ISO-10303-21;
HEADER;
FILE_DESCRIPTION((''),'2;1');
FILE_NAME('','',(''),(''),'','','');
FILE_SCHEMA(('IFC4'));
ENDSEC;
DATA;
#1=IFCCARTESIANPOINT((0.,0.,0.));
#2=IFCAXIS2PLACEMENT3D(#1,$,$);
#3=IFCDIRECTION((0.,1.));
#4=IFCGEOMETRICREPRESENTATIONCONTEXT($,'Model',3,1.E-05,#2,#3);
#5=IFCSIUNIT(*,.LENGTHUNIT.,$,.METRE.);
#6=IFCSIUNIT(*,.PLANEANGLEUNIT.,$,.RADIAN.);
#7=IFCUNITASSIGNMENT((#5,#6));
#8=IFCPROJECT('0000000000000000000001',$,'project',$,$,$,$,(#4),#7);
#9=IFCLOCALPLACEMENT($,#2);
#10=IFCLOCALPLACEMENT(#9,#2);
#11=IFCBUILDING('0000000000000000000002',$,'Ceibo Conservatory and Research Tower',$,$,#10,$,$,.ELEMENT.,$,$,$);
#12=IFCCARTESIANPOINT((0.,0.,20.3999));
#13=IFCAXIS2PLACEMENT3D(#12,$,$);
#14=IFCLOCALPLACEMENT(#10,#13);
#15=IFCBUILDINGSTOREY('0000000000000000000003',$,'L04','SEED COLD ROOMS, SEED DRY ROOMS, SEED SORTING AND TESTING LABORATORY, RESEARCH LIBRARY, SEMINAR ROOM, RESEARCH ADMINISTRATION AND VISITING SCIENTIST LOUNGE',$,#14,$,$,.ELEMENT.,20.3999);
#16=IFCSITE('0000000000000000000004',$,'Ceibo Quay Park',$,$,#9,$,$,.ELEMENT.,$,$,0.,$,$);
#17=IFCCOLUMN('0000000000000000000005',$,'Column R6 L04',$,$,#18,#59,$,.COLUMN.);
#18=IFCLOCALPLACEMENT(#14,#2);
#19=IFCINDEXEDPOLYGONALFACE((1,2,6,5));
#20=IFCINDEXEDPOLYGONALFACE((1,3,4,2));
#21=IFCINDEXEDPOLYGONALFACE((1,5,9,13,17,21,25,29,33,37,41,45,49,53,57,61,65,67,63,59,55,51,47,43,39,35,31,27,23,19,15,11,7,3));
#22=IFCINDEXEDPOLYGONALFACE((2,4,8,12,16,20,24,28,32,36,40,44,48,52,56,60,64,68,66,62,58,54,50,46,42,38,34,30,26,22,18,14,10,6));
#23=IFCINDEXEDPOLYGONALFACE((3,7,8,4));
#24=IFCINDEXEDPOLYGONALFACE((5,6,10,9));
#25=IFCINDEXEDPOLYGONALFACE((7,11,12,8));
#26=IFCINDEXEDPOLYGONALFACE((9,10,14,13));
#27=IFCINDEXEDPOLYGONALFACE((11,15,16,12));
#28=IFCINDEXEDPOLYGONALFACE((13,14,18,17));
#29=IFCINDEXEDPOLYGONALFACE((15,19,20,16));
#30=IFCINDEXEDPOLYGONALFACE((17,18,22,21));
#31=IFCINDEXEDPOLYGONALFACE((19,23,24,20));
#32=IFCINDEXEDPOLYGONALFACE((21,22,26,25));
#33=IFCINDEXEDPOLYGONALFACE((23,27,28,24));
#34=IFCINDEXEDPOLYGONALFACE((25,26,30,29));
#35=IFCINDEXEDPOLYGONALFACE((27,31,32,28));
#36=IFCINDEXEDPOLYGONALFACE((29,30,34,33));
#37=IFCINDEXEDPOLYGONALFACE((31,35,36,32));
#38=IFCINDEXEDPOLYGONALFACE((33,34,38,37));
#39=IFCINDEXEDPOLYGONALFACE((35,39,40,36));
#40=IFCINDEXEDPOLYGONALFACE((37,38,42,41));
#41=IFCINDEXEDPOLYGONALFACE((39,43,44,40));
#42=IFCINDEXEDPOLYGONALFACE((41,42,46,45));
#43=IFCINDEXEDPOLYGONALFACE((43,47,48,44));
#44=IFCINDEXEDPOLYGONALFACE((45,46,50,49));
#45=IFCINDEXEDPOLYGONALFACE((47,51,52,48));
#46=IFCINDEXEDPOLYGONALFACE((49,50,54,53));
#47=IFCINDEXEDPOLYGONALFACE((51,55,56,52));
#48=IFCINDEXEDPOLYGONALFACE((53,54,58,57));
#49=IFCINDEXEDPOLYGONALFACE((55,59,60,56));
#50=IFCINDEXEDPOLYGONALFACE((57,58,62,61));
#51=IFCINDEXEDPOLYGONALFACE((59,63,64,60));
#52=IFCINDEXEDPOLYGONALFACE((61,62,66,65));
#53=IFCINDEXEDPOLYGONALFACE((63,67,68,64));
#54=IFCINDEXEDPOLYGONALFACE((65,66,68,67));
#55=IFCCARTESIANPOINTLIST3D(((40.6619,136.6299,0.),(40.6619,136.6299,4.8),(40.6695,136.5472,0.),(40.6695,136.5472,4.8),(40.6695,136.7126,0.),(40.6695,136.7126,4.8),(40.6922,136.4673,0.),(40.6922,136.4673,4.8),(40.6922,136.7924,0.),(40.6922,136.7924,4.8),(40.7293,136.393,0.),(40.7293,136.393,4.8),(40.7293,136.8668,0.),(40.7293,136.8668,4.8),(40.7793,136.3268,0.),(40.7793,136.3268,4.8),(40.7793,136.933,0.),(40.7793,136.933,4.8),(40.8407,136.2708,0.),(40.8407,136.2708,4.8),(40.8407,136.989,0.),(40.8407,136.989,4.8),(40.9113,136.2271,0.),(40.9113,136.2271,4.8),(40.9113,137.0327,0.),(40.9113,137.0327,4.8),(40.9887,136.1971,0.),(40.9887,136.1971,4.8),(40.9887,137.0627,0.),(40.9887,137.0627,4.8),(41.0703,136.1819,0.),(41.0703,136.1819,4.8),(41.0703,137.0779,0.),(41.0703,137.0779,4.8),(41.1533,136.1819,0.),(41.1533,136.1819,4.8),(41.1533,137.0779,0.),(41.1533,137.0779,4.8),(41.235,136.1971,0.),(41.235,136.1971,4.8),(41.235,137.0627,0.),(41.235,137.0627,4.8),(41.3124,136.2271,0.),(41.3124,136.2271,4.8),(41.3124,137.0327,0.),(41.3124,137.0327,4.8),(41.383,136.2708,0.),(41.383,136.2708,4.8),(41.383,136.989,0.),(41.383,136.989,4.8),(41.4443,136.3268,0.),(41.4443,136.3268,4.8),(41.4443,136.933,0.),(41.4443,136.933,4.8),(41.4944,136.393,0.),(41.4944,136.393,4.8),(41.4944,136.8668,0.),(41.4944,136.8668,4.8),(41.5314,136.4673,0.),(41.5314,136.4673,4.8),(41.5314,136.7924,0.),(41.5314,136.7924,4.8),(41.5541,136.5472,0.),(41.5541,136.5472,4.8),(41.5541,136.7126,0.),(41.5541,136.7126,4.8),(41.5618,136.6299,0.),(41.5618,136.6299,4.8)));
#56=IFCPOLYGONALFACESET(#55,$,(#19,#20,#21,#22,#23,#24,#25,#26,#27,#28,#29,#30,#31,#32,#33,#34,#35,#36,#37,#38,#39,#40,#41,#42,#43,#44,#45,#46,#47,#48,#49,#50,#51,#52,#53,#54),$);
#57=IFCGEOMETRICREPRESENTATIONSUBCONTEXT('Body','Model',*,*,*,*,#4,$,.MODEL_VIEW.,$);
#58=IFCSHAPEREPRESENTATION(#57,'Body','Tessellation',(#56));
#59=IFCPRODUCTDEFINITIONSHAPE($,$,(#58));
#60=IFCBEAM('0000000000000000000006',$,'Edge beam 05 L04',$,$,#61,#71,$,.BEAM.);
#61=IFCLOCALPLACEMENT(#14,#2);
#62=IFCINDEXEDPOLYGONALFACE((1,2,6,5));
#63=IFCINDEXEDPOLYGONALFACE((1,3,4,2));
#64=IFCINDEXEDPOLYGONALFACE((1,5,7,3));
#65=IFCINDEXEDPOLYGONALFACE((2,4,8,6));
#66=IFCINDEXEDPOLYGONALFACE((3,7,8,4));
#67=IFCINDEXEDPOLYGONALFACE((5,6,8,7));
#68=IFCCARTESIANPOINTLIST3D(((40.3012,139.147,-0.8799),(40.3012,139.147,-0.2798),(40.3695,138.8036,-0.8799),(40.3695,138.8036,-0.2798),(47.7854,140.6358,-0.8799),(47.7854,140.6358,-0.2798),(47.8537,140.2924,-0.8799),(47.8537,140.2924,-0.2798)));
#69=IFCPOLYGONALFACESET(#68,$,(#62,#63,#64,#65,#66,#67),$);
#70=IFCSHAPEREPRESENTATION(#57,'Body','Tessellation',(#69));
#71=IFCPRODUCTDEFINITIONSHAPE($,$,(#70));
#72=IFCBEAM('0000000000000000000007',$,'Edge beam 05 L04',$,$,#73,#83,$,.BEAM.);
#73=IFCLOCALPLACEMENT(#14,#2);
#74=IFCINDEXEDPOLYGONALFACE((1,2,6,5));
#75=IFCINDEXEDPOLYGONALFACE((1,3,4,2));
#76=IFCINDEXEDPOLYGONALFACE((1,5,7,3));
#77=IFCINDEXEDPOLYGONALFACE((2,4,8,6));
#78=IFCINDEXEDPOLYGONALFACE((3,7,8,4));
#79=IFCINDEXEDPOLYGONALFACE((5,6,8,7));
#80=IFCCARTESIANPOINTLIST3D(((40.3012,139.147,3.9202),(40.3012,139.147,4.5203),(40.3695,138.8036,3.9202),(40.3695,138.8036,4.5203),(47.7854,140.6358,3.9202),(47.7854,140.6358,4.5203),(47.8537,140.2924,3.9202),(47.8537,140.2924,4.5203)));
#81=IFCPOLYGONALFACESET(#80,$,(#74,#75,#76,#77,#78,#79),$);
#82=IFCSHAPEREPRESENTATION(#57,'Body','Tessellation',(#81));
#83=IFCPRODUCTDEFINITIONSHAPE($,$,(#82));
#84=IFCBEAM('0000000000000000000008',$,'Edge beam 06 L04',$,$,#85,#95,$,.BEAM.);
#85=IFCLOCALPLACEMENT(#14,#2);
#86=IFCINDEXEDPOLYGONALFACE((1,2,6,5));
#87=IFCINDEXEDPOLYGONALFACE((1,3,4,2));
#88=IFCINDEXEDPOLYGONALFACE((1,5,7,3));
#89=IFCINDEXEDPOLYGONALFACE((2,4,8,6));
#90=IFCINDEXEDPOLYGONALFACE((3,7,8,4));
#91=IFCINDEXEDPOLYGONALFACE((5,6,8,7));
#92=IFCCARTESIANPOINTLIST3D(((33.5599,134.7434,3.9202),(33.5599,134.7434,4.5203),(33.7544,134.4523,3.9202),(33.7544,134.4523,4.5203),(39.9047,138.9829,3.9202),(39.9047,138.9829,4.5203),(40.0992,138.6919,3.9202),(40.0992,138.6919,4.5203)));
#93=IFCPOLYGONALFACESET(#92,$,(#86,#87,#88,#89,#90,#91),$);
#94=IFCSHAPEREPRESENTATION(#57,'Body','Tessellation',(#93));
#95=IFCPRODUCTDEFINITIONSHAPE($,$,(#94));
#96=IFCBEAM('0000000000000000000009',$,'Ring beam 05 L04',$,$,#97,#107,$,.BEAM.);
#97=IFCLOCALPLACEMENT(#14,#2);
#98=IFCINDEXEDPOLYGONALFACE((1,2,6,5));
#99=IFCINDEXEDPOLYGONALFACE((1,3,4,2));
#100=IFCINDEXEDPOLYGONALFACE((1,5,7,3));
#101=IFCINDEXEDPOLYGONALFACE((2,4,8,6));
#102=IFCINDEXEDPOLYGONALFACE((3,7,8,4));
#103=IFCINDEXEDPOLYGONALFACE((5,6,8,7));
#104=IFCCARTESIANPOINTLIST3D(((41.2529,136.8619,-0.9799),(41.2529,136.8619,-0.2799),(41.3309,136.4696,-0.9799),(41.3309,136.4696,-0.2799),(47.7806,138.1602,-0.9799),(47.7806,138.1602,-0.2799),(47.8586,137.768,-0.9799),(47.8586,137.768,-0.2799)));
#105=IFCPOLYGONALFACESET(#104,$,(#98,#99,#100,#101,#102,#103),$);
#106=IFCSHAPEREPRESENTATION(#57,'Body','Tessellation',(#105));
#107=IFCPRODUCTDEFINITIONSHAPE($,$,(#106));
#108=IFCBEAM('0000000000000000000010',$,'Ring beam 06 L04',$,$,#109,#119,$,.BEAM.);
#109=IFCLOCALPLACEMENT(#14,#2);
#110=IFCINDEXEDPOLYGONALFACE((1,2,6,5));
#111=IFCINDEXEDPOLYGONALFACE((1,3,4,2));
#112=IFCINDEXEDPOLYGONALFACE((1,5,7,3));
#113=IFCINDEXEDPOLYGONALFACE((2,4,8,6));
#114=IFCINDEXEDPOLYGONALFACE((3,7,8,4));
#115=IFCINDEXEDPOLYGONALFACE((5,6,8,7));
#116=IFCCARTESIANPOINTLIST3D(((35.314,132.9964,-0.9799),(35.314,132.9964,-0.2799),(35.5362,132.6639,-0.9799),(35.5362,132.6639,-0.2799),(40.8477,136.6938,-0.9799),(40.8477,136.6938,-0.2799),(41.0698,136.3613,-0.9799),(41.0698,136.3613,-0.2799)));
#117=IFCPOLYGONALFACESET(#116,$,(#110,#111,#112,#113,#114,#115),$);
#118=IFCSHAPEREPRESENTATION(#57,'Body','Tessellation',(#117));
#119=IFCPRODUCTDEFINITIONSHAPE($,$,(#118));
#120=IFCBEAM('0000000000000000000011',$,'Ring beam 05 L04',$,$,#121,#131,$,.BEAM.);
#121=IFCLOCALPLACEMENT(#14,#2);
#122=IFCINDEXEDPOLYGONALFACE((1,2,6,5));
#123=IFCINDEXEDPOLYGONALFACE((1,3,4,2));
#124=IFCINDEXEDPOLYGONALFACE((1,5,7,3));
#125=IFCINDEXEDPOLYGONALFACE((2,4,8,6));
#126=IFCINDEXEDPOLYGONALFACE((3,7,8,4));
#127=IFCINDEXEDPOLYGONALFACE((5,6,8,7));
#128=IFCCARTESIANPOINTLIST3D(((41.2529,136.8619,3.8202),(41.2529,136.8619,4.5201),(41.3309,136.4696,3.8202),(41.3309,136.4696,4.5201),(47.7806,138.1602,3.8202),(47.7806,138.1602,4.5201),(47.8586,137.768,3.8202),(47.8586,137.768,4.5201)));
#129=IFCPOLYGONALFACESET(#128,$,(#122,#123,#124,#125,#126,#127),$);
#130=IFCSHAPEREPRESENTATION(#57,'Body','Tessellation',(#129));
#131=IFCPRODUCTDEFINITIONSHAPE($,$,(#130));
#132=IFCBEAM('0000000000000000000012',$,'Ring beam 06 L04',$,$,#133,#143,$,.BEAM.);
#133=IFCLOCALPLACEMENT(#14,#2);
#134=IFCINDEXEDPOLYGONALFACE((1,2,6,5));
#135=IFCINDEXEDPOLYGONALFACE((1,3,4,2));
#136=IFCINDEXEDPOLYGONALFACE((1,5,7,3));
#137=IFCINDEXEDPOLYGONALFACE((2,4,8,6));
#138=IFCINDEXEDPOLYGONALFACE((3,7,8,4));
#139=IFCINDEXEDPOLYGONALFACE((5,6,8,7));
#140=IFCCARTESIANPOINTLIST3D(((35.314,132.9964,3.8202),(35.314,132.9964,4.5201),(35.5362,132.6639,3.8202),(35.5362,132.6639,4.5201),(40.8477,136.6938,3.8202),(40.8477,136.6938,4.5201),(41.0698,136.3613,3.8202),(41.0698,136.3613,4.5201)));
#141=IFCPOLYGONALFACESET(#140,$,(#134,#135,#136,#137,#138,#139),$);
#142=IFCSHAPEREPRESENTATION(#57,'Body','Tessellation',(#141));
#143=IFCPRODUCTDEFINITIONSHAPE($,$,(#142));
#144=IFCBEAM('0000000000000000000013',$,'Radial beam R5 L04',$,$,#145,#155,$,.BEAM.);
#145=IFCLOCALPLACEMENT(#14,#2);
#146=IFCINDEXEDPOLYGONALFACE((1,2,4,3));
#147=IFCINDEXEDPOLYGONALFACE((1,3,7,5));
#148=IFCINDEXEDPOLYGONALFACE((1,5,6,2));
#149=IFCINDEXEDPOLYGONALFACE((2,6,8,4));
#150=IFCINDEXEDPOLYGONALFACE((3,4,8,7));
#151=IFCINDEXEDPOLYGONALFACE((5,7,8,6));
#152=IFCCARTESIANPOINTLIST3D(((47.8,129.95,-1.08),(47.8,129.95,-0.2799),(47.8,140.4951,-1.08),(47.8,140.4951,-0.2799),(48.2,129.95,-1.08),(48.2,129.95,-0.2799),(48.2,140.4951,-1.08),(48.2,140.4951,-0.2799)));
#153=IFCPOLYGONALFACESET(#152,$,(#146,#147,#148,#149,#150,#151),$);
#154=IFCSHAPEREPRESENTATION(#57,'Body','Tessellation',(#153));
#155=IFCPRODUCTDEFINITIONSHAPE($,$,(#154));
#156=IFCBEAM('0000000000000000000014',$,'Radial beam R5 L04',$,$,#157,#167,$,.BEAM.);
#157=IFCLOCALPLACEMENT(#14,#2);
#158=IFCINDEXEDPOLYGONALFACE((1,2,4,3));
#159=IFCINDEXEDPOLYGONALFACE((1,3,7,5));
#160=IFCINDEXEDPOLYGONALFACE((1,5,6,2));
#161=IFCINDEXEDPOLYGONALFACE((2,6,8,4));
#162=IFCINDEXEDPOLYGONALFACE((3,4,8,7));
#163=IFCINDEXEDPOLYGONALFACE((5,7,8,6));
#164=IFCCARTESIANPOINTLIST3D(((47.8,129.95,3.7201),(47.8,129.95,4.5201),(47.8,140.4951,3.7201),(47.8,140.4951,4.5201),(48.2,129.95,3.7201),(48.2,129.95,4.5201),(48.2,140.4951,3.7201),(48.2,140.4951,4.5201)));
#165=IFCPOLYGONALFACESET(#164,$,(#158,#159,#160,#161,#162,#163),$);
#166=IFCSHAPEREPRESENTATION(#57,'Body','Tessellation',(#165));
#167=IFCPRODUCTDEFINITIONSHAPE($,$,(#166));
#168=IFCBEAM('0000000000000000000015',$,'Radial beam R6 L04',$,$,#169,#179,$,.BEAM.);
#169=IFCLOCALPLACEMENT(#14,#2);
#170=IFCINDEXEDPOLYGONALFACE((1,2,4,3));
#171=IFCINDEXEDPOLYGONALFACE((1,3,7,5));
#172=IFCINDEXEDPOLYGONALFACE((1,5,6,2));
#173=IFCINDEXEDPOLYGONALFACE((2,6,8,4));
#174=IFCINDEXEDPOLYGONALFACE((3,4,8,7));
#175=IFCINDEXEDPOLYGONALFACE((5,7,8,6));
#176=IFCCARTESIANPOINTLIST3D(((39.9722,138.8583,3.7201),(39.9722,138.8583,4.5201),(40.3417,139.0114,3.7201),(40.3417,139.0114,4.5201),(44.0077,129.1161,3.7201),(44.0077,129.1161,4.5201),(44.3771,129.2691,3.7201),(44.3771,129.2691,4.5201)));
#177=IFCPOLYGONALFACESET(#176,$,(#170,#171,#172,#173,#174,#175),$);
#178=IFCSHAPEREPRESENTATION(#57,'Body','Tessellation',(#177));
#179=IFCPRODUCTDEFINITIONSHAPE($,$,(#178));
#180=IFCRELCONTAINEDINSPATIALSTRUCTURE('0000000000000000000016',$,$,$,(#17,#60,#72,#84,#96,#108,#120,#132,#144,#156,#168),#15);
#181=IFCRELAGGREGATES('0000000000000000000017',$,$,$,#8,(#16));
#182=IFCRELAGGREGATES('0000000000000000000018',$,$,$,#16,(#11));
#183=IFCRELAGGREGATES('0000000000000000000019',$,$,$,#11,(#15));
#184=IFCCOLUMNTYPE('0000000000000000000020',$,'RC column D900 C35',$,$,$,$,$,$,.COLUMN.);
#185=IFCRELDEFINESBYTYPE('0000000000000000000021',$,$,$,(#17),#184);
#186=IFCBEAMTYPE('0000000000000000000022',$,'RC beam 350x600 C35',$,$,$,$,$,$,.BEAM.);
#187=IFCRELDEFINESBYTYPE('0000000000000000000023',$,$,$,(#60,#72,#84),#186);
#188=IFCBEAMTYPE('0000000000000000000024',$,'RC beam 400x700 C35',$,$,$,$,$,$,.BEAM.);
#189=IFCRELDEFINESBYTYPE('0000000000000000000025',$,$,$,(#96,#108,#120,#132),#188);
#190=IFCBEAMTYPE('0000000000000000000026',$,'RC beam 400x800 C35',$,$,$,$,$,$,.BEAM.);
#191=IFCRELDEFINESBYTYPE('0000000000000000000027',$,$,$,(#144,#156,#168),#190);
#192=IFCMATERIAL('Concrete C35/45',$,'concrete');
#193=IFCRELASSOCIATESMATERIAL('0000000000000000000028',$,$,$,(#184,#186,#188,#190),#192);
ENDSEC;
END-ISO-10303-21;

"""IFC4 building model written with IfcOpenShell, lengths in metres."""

from ifc_helpers import new_model, si_unit, direction, frame, origin, origin_2d, place, context, subcontext, project, spatial, rectangle, circle, extrude, material, material_profile, profile_set, type_object, element, save


model = new_model("IFC4")

# Units and contexts
model_context = context("Model", 3, precision=1e-05, world=origin(), true_north=direction((0.0, 1.0)))
body_context = subcontext(model_context, "Body", "Model", "MODEL_VIEW")
ifc_project = project(units=[si_unit("LENGTHUNIT", "METRE"), si_unit("PLANEANGLEUNIT", "RADIAN")], contexts=[model_context])

# Site, building, storey
site_placement = place(None, origin())
site = spatial("IfcSite", under=ifc_project, at=site_placement, Name="Ceibo Quay Park", CompositionType="ELEMENT", RefElevation=0.0)
building_placement = place(site_placement, origin())
building = spatial("IfcBuilding", under=site, at=building_placement, Name="Ceibo Conservatory and Research Tower", CompositionType="ELEMENT")
storey_placement = place(building_placement, frame((0.0, 0.0, 20.3999)))
storey = spatial("IfcBuildingStorey", under=building, at=storey_placement, Name="L04", Description="SEED COLD ROOMS, SEED DRY ROOMS, SEED SORTING AND TESTING LABORATORY, RESEARCH LIBRARY, SEMINAR ROOM, RESEARCH ADMINISTRATION AND VISITING SCIENTIST LOUNGE", CompositionType="ELEMENT", Elevation=20.3999)

# Column
ifc_material_1 = material(Name="Concrete C35/45", Category="concrete")
ifc_material_profile_1 = material_profile(ifc_material_1, circle(Radius=0.45, at=origin_2d()), Name="RC D900")
ifc_profile_set_1 = profile_set([ifc_material_profile_1], Name="Concrete C35/45")
column_type = type_object("IfcColumnType", Name="RC column D900 C35", PredefinedType="COLUMN", material=ifc_profile_set_1)
column_placement = place(storey_placement, frame((41.1118, 136.6299, 0.0), z_axis=(0.0, 0.0, 1.0), x_axis=(1.0, 0.0, 0.0)))
element("IfcColumn", 1, at=column_placement, inside=storey, type_object=column_type, Name="Column R6 L04", PredefinedType="COLUMN", context=body_context, shape_type="SweptSolid", body=[
    extrude(circle(Radius=0.45, at=origin_2d()), origin(), (0.0, 0.0, 1.0), 4.8),
])

# Beams
ifc_material_profile_2 = material_profile(ifc_material_1, rectangle(XDim=0.3501, YDim=0.6001, at=origin_2d()), Name="RC 350x600")
ifc_profile_set_2 = profile_set([ifc_material_profile_2], Name="Concrete C35/45")
beam_type_1 = type_object("IfcBeamType", Name="RC beam 350x600 C35", PredefinedType="BEAM", material=ifc_profile_set_2)
for number, where, z_axis, x_axis, name in (
    (2, (47.8196, 140.4641, -0.5798), (-0.980783, -0.195101, 0.0), (0.195101, -0.980783, 0.0), "Edge beam 05 L04"),
    (3, (47.8196, 140.4641, 4.2202), (-0.980783, -0.195101, 0.0), (0.195101, -0.980783, 0.0), "Edge beam 05 L04"),
    (4, (40.002, 138.8374, 4.2202), (-0.831464, -0.555578, 0.0), (0.555578, -0.831464, 0.0), "Edge beam 06 L04"),
):
    element("IfcBeam", number, at=place(storey_placement, frame(where, z_axis=z_axis, x_axis=x_axis)), inside=storey, type_object=beam_type_1, Name=name, PredefinedType="BEAM", context=body_context, shape_type="SweptSolid", body=[
        extrude(rectangle(XDim=0.3501, YDim=0.6001, at=origin_2d()), origin(), (0.0, 0.0, 1.0), 7.6309),
    ])
ifc_material_profile_3 = material_profile(ifc_material_1, rectangle(XDim=0.3999, YDim=0.7, at=origin_2d()), Name="RC 400x700")
ifc_profile_set_3 = profile_set([ifc_material_profile_3], Name="Concrete C35/45")
beam_type_2 = type_object("IfcBeamType", Name="RC beam 400x700 C35", PredefinedType="BEAM", material=ifc_profile_set_3)
beam_1_placement = place(storey_placement, frame((47.8196, 137.9641, -0.6299), z_axis=(-0.980788, -0.195079, 0.0), x_axis=(0.195079, -0.980788, 0.0)))
element("IfcBeam", 5, at=beam_1_placement, inside=storey, type_object=beam_type_2, Name="Ring beam 05 L04", PredefinedType="BEAM", context=body_context, shape_type="SweptSolid", body=[
    extrude(rectangle(XDim=0.3999, YDim=0.7, at=origin_2d()), origin(), (0.0, 0.0, 1.0), 6.6555),
])
beam_2_placement = place(storey_placement, frame((40.9587, 136.5276, -0.6299), z_axis=(-0.831469, -0.555572, 0.0), x_axis=(0.555572, -0.831469, 0.0)))
element("IfcBeam", 6, at=beam_2_placement, inside=storey, type_object=beam_type_2, Name="Ring beam 06 L04", PredefinedType="BEAM", context=body_context, shape_type="SweptSolid", body=[
    extrude(rectangle(XDim=0.3999, YDim=0.7, at=origin_2d()), origin(), (0.0, 0.0, 1.0), 6.6553),
])
beam_3_placement = place(storey_placement, frame((47.8196, 137.9641, 4.1702), z_axis=(-0.980788, -0.195079, 0.0), x_axis=(0.195079, -0.980788, 0.0)))
element("IfcBeam", 7, at=beam_3_placement, inside=storey, type_object=beam_type_2, Name="Ring beam 05 L04", PredefinedType="BEAM", context=body_context, shape_type="SweptSolid", body=[
    extrude(rectangle(XDim=0.3999, YDim=0.7, at=origin_2d()), origin(), (0.0, 0.0, 1.0), 6.6555),
])
beam_4_placement = place(storey_placement, frame((40.9587, 136.5276, 4.1702), z_axis=(-0.831469, -0.555572, 0.0), x_axis=(0.555572, -0.831469, 0.0)))
element("IfcBeam", 8, at=beam_4_placement, inside=storey, type_object=beam_type_2, Name="Ring beam 06 L04", PredefinedType="BEAM", context=body_context, shape_type="SweptSolid", body=[
    extrude(rectangle(XDim=0.3999, YDim=0.7, at=origin_2d()), origin(), (0.0, 0.0, 1.0), 6.6553),
])
ifc_material_profile_4 = material_profile(ifc_material_1, rectangle(XDim=0.3999, YDim=0.8, at=origin_2d()), Name="RC 400x800")
ifc_profile_set_4 = profile_set([ifc_material_profile_4], Name="Concrete C35/45")
beam_type_3 = type_object("IfcBeamType", Name="RC beam 400x800 C35", PredefinedType="BEAM", material=ifc_profile_set_4)
for number, where, z_axis, x_axis, name in (
    (9, (48.0, 129.95, -0.6799), (0.0, 1.0, 0.0), (-1.0, 0.0, 0.0), "Radial beam R5 L04"),
    (10, (48.0, 129.95, 4.1201), (0.0, 1.0, 0.0), (-1.0, 0.0, 0.0), "Radial beam R5 L04"),
):
    element("IfcBeam", number, at=place(storey_placement, frame(where, z_axis=z_axis, x_axis=x_axis)), inside=storey, type_object=beam_type_3, Name=name, PredefinedType="BEAM", context=body_context, shape_type="SweptSolid", body=[
        extrude(rectangle(XDim=0.3999, YDim=0.8, at=origin_2d()), origin(), (0.0, 0.0, 1.0), 10.5452),
    ])
beam_5_placement = place(storey_placement, frame((44.1924, 129.1926, 4.1201), z_axis=(-0.382688, 0.923878, 0.0), x_axis=(-0.923878, -0.382688, 0.0)))
element("IfcBeam", 11, at=beam_5_placement, inside=storey, type_object=beam_type_3, Name="Radial beam R6 L04", PredefinedType="BEAM", context=body_context, shape_type="SweptSolid", body=[
    extrude(rectangle(XDim=0.3999, YDim=0.8, at=origin_2d()), origin(), (0.0, 0.0, 1.0), 10.5449),
])

save(model, "model.ifc")
